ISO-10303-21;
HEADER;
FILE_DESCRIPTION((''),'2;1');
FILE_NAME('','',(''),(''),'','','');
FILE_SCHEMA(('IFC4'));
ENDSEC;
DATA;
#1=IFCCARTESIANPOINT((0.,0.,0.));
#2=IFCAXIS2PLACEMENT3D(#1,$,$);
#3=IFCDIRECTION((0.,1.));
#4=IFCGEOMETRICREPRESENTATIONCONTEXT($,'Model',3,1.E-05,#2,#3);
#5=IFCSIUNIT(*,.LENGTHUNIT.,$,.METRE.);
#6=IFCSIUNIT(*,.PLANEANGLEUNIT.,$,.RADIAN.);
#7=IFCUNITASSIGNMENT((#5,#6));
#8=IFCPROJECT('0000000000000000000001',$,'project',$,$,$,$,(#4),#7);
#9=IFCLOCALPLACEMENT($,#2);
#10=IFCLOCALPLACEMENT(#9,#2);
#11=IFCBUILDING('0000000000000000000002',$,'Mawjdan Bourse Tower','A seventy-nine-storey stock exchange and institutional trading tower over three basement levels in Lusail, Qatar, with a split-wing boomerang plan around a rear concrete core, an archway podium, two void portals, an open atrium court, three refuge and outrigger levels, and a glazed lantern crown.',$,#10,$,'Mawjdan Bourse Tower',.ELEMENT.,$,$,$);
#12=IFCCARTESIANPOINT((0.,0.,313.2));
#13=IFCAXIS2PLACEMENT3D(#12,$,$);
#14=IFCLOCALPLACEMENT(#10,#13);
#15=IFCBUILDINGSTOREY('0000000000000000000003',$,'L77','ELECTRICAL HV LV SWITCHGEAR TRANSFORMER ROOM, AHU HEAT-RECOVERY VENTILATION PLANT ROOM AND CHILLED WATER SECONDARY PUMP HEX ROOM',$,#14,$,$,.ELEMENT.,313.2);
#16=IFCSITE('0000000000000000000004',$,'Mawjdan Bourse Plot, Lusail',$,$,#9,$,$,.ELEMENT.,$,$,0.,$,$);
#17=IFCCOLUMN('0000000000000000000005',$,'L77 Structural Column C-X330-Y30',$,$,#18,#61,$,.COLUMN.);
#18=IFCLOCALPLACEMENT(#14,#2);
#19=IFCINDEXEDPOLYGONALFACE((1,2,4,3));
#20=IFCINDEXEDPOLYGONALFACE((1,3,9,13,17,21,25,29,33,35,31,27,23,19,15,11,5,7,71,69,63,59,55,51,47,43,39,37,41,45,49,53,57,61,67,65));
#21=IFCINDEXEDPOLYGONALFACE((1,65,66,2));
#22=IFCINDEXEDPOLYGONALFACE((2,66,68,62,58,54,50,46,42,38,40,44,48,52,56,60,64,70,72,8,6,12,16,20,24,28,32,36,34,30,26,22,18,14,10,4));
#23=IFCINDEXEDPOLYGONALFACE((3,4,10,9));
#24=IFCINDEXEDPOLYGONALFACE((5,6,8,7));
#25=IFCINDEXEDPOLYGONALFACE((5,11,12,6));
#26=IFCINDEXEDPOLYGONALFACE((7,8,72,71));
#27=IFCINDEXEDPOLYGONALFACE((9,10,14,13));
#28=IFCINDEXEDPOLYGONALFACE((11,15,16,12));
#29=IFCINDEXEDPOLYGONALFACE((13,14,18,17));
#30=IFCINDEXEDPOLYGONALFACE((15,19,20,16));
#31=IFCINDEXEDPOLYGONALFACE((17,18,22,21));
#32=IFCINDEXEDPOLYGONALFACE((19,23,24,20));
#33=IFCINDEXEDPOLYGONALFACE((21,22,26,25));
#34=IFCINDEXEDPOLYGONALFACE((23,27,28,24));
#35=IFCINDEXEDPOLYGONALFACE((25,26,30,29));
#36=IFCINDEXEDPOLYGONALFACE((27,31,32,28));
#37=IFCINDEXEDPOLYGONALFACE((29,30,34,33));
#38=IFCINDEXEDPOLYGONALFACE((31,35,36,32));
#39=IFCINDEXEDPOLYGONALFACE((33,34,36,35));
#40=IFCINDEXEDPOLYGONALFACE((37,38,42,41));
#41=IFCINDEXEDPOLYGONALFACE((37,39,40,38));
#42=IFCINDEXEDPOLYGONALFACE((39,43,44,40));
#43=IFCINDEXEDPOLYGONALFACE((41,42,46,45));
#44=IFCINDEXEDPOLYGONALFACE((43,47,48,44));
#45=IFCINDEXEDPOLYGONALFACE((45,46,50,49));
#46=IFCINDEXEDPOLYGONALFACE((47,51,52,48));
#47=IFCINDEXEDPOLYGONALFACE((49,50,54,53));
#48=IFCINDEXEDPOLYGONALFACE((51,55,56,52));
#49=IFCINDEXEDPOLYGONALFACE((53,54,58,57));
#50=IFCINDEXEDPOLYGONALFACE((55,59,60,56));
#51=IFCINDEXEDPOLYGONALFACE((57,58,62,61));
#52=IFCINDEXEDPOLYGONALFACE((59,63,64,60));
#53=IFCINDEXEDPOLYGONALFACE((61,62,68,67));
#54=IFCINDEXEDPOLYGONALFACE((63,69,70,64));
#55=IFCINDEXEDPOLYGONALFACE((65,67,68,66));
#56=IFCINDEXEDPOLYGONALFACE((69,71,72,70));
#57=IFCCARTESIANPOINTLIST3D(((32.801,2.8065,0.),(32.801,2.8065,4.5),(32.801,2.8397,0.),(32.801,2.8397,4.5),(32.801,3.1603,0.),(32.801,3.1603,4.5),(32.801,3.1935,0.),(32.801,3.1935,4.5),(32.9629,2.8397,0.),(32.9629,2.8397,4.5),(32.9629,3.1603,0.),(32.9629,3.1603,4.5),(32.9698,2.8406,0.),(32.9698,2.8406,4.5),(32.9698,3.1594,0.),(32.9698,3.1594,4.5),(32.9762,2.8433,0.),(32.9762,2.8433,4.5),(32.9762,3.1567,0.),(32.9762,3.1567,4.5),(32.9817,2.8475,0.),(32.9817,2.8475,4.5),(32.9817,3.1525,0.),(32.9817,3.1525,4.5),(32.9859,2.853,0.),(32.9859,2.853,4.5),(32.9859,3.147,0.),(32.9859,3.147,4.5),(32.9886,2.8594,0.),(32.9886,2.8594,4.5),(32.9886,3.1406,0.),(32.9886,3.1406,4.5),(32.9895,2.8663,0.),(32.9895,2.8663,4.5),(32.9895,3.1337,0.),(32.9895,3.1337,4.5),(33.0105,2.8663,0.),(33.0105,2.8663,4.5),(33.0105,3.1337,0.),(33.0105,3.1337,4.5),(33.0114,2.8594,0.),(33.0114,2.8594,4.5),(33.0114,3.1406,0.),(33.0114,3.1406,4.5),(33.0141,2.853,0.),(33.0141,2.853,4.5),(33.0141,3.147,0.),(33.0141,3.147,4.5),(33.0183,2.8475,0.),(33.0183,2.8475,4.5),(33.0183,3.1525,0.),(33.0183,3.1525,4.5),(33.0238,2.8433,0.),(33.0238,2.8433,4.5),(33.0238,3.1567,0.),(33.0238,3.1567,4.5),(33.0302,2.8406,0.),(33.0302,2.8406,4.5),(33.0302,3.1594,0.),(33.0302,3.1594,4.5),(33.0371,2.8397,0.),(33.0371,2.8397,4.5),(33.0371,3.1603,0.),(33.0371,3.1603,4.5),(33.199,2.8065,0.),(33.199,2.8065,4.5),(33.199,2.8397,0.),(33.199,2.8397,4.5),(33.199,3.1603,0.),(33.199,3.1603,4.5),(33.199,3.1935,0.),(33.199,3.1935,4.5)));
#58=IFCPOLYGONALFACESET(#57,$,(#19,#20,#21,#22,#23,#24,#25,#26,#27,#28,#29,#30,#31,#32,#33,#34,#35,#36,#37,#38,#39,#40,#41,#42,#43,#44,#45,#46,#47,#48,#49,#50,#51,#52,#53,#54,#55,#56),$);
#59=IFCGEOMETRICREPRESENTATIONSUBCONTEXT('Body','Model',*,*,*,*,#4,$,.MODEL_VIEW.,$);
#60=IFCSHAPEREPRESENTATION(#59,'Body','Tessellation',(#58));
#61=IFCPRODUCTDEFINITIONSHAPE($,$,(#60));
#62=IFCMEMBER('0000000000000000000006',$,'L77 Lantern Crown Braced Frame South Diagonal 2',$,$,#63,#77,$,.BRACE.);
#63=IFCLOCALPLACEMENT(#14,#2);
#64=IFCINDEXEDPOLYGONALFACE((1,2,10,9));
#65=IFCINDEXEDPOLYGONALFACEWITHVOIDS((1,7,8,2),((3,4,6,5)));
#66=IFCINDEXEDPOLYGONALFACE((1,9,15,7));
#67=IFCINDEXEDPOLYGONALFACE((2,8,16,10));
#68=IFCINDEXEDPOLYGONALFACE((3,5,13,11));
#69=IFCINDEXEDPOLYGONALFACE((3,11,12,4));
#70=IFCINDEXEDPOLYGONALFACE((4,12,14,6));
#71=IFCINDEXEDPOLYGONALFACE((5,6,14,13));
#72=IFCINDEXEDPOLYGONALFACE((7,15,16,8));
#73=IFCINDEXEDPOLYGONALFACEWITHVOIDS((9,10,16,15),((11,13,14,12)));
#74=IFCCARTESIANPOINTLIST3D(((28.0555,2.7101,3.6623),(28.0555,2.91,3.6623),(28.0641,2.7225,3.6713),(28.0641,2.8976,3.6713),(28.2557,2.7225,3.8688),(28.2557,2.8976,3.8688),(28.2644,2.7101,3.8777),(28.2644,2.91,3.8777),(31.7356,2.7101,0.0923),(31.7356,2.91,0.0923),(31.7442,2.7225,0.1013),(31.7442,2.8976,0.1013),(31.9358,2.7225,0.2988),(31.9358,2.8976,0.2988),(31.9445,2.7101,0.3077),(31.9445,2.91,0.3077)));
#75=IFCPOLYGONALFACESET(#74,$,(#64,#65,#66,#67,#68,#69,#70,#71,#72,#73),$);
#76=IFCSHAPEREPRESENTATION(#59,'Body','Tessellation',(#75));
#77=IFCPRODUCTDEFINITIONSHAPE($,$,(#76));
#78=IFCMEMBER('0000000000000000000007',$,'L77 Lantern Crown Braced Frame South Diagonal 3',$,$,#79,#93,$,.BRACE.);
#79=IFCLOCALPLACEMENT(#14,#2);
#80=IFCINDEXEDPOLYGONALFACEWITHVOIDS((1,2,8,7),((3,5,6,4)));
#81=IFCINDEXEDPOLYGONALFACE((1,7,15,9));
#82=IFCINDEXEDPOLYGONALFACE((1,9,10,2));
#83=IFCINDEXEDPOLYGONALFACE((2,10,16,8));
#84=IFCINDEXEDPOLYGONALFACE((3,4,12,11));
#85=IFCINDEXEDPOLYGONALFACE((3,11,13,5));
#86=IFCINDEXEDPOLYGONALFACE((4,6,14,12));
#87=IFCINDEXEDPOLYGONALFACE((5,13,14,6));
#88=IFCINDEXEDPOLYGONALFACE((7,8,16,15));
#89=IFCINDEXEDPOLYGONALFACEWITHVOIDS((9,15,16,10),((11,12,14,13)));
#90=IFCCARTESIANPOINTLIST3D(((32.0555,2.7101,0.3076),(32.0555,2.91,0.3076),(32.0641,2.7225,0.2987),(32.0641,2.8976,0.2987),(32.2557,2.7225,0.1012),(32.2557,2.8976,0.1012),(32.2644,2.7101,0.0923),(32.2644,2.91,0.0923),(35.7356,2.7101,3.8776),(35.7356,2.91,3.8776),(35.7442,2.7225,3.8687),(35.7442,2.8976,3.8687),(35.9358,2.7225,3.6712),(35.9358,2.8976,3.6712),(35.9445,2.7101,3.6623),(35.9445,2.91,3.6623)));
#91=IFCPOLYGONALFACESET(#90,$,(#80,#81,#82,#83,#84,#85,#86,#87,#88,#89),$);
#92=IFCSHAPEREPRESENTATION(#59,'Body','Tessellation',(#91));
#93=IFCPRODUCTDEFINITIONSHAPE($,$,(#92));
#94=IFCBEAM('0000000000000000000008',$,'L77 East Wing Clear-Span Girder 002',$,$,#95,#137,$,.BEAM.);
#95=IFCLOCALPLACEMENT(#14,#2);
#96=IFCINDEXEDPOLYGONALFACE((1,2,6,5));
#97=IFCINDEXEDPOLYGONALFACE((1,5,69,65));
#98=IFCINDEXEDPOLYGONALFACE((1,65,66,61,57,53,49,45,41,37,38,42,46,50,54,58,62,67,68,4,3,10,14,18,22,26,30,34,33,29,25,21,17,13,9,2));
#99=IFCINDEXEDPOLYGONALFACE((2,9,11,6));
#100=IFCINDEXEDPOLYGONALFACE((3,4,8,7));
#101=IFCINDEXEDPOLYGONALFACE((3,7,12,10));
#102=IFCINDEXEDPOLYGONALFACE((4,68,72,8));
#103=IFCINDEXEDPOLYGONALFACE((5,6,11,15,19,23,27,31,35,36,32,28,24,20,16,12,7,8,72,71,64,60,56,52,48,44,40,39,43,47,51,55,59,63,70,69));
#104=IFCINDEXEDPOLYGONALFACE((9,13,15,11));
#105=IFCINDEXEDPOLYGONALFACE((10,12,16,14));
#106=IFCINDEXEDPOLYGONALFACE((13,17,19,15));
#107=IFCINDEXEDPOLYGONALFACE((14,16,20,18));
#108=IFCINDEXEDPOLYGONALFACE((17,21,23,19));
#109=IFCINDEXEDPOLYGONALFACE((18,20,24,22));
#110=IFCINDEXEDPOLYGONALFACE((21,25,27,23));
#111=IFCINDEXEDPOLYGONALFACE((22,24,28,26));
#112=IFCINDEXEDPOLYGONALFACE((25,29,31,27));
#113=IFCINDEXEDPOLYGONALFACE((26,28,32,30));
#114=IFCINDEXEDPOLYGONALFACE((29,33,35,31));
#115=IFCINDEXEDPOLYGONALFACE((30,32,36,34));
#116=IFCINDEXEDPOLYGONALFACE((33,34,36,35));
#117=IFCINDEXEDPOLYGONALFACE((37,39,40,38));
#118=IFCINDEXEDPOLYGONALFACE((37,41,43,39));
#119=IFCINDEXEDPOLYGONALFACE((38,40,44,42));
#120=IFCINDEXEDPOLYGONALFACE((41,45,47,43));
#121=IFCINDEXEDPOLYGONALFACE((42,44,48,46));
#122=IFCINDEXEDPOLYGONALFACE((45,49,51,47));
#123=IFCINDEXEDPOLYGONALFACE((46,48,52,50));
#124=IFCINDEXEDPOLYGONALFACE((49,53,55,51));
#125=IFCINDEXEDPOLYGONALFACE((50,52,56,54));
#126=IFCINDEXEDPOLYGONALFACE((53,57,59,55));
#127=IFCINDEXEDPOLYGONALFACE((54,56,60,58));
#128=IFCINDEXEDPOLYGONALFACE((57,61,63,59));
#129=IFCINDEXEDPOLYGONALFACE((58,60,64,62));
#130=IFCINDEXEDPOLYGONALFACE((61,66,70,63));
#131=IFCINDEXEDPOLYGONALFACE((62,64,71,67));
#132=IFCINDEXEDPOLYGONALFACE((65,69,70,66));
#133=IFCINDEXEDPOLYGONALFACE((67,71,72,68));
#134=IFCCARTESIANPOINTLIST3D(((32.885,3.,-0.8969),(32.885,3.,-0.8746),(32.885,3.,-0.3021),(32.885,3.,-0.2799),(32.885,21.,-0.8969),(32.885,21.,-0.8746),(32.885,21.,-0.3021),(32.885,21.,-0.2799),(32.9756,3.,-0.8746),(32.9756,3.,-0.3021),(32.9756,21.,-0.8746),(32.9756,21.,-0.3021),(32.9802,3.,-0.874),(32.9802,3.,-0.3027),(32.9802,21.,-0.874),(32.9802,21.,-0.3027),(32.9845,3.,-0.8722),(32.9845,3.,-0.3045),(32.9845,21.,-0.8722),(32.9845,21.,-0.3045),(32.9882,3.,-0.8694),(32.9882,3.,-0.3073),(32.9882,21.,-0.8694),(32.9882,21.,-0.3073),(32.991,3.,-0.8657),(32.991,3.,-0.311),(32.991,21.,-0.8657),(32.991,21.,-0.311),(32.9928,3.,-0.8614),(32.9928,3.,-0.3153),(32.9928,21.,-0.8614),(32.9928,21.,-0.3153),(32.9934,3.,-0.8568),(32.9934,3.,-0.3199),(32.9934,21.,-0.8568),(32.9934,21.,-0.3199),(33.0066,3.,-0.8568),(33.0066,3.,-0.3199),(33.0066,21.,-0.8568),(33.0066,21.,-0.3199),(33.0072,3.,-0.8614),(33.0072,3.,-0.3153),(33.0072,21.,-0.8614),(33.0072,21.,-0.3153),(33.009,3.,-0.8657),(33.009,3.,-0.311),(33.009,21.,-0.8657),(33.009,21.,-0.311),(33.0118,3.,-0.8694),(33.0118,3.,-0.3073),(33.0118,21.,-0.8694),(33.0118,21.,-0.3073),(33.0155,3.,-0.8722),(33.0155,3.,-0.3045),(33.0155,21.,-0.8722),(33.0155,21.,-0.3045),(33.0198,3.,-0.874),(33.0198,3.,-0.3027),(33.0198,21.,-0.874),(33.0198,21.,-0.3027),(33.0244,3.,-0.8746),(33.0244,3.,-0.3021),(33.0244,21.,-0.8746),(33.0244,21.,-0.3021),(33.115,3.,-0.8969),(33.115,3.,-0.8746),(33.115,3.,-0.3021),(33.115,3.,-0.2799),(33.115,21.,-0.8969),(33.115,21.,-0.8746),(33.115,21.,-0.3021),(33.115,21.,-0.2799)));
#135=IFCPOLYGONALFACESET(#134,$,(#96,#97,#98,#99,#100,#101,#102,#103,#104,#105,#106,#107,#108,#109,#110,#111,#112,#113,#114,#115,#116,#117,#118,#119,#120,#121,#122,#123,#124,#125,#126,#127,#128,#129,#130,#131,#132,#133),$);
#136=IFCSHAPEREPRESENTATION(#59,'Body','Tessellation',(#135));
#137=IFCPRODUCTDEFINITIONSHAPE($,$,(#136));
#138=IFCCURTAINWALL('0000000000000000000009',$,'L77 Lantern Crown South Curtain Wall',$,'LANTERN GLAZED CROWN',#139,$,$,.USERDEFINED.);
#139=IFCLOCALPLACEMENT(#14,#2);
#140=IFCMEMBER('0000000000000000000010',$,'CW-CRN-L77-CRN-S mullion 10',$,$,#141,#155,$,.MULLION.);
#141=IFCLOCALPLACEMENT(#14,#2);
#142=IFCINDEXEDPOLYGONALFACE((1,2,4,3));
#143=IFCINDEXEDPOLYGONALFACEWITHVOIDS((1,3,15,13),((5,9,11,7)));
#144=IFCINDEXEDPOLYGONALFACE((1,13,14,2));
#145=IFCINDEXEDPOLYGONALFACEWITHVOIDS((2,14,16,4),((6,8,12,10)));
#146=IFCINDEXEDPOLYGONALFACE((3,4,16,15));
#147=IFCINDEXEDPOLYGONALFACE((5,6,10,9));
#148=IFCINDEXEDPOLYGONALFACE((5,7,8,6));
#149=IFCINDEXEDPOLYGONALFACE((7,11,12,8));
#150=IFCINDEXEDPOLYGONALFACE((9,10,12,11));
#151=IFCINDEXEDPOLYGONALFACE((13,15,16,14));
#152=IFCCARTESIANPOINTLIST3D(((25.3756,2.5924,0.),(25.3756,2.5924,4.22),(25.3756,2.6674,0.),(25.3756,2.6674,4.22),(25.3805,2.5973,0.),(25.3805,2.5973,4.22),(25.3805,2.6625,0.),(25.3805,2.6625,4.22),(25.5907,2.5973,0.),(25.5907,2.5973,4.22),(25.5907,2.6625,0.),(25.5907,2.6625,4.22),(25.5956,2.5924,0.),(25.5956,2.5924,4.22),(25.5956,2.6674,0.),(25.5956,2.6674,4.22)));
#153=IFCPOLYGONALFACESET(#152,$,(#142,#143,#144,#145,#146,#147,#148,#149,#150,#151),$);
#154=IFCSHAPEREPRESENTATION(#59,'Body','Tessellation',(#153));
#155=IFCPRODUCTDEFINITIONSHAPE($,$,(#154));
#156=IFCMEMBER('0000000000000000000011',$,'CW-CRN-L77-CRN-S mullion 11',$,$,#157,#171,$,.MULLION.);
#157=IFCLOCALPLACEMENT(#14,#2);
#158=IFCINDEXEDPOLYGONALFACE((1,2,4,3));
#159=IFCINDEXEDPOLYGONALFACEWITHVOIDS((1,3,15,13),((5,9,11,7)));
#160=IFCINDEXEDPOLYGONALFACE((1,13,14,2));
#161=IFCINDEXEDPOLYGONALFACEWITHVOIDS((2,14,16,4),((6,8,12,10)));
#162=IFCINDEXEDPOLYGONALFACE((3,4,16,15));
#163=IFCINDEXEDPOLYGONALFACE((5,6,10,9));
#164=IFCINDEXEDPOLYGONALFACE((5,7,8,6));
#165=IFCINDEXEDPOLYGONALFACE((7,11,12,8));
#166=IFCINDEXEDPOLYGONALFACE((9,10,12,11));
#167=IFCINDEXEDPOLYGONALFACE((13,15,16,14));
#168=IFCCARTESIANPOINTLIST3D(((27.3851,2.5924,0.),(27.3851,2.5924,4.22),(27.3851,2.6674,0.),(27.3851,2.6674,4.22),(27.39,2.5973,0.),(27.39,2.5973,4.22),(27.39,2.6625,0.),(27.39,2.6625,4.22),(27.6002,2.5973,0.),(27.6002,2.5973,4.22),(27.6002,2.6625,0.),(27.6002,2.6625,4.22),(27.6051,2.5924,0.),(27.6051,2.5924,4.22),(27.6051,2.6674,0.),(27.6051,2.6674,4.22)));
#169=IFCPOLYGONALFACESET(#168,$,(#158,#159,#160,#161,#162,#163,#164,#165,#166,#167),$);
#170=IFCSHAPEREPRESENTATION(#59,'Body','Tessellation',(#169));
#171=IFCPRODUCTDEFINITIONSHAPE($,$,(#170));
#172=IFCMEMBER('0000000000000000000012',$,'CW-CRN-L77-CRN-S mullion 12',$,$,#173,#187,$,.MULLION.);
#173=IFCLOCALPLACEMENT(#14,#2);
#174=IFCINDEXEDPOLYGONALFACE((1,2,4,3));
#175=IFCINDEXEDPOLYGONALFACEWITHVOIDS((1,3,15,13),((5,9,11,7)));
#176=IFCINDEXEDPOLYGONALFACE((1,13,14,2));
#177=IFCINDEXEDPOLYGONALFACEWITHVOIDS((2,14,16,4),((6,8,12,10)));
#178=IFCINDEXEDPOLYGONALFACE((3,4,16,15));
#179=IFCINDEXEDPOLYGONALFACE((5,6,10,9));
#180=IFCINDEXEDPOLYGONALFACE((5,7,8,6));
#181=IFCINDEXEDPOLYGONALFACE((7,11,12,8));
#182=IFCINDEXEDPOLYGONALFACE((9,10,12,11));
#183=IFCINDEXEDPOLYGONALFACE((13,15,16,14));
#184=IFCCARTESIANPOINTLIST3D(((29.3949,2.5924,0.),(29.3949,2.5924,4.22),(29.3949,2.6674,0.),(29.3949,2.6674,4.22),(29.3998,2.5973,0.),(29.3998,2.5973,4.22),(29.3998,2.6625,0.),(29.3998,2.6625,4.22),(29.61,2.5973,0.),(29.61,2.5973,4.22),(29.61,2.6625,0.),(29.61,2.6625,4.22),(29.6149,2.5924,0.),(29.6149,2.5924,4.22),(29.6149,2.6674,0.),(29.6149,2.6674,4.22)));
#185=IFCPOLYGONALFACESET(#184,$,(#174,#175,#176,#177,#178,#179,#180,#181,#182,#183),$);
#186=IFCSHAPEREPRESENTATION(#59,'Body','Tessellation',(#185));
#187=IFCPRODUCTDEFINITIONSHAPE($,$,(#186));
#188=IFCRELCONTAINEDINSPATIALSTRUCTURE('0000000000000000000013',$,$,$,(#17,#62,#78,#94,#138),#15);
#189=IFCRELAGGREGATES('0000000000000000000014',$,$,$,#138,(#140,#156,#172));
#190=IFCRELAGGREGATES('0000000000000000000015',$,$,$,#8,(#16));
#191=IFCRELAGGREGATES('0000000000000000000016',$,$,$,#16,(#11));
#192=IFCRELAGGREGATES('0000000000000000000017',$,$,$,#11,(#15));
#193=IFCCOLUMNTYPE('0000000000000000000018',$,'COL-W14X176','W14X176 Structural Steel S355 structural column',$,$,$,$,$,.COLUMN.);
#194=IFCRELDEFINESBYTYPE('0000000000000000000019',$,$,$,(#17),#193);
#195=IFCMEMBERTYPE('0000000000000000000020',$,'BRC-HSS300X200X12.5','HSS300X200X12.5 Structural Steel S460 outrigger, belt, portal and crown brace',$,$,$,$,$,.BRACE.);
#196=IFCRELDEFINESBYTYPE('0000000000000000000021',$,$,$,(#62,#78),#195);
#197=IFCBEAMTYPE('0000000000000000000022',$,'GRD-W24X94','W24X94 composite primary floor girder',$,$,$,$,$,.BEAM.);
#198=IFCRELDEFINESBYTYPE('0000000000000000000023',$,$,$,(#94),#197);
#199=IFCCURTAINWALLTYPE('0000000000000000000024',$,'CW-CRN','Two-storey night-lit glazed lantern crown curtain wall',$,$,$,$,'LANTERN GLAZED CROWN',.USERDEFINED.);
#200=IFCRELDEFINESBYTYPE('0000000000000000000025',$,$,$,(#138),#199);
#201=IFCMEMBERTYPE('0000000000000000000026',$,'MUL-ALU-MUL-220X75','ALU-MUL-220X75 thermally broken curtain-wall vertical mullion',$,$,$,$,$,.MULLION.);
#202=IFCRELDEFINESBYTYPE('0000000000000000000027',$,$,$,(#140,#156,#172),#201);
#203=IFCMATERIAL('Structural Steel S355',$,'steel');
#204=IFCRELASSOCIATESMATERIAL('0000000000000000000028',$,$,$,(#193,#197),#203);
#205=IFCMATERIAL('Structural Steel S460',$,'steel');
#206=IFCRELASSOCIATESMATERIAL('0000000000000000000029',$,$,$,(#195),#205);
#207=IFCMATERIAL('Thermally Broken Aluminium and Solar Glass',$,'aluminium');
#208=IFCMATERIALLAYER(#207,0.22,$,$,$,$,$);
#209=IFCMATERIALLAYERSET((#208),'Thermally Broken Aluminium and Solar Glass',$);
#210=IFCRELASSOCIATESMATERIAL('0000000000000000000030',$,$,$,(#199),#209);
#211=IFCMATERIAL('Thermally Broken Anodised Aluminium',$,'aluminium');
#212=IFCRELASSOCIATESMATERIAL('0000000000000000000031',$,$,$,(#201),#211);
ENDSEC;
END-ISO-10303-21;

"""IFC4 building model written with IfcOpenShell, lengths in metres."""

from ifc_helpers import new_model, si_unit, direction, frame, origin, origin_2d, place, context, subcontext, project, spatial, hollow_rectangle, i_section, extrude, material, layer, layer_set, material_profile, profile_set, type_object, element, aggregate, save


model = new_model("IFC4")

# Units and contexts
model_context = context("Model", 3, precision=1e-05, world=origin(), true_north=direction((0.0, 1.0)))
body_context = subcontext(model_context, "Body", "Model", "MODEL_VIEW")
ifc_project = project(units=[si_unit("LENGTHUNIT", "METRE"), si_unit("PLANEANGLEUNIT", "RADIAN")], contexts=[model_context])

# Site, building, storey
site_placement = place(None, origin())
site = spatial("IfcSite", under=ifc_project, at=site_placement, Name="Mawjdan Bourse Plot, Lusail", CompositionType="ELEMENT", RefElevation=0.0)
building_placement = place(site_placement, origin())
building = spatial("IfcBuilding", under=site, at=building_placement, Name="Mawjdan Bourse Tower", Description="A seventy-nine-storey stock exchange and institutional trading tower over three basement levels in Lusail, Qatar, with a split-wing boomerang plan around a rear concrete core, an archway podium, two void portals, an open atrium court, three refuge and outrigger levels, and a glazed lantern crown.", LongName="Mawjdan Bourse Tower", CompositionType="ELEMENT")
storey_placement = place(building_placement, frame((0.0, 0.0, 313.2)))
storey = spatial("IfcBuildingStorey", under=building, at=storey_placement, Name="L77", Description="ELECTRICAL HV LV SWITCHGEAR TRANSFORMER ROOM, AHU HEAT-RECOVERY VENTILATION PLANT ROOM AND CHILLED WATER SECONDARY PUMP HEX ROOM", CompositionType="ELEMENT", Elevation=313.2)

# Column
ifc_material_1 = material(Name="Structural Steel S355", Category="steel")
ifc_material_profile_1 = material_profile(ifc_material_1, i_section(OverallWidth=0.3979, OverallDepth=0.387, WebThickness=0.021, FlangeThickness=0.0332, FilletRadius=0.0266, at=origin_2d()), Name="W14X176")
ifc_profile_set_1 = profile_set([ifc_material_profile_1], Name="Structural Steel S355")
column_type = type_object("IfcColumnType", Name="COL-W14X176", Description="W14X176 Structural Steel S355 structural column", PredefinedType="COLUMN", material=ifc_profile_set_1)
column_placement = place(storey_placement, frame((33.0, 3.0, 0.0), z_axis=(0.0, 0.0, 1.0), x_axis=(1.0, 0.0, 0.0)))
element("IfcColumn", 1, at=column_placement, inside=storey, type_object=column_type, Name="L77 Structural Column C-X330-Y30", PredefinedType="COLUMN", context=body_context, shape_type="SweptSolid", body=[
    extrude(i_section(OverallWidth=0.3979, OverallDepth=0.387, WebThickness=0.021, FlangeThickness=0.0332, FilletRadius=0.0266, at=origin_2d()), origin(), (0.0, 0.0, 1.0), 4.5),
])

# Members
ifc_material_2 = material(Name="Structural Steel S460", Category="steel")
ifc_material_profile_2 = material_profile(ifc_material_2, hollow_rectangle(XDim=0.2, YDim=0.3, WallThickness=0.0125, at=origin_2d()), Name="HSS300X200X12.5")
ifc_profile_set_2 = profile_set([ifc_material_profile_2], Name="Structural Steel S460")
member_type_1 = type_object("IfcMemberType", Name="BRC-HSS300X200X12.5", Description="HSS300X200X12.5 Structural Steel S460 outrigger, belt, portal and crown brace", PredefinedType="BRACE", material=ifc_profile_set_2)
for number, where, z_axis, x_axis, name in (
    (2, (28.1599, 2.8101, 3.77), (0.717763, 0.0, -0.696288), (0.0, 1.0, 0.0), "L77 Lantern Crown Braced Frame South Diagonal 2"),
    (3, (32.1599, 2.8101, 0.2), (0.717763, 0.0, 0.696288), (0.0, 1.0, 0.0), "L77 Lantern Crown Braced Frame South Diagonal 3"),
):
    element("IfcMember", number, at=place(storey_placement, frame(where, z_axis=z_axis, x_axis=x_axis)), inside=storey, type_object=member_type_1, Name=name, PredefinedType="BRACE", context=body_context, shape_type="SweptSolid", body=[
        extrude(hollow_rectangle(XDim=0.2, YDim=0.3, WallThickness=0.0125, at=origin_2d()), origin(), (0.0, 0.0, 1.0), 5.1272),
    ])

# Beam
ifc_material_profile_3 = material_profile(ifc_material_1, i_section(OverallWidth=0.23, OverallDepth=0.6169, WebThickness=0.0132, FlangeThickness=0.0222, FilletRadius=0.0178, at=origin_2d()), Name="W24X94")
ifc_profile_set_3 = profile_set([ifc_material_profile_3], Name="Structural Steel S355")
beam_type = type_object("IfcBeamType", Name="GRD-W24X94", Description="W24X94 composite primary floor girder", PredefinedType="BEAM", material=ifc_profile_set_3)
beam_placement = place(storey_placement, frame((33.0, 3.0, -0.5884), z_axis=(0.0, 1.0, 0.0), x_axis=(-1.0, 0.0, 0.0)))
element("IfcBeam", 4, at=beam_placement, inside=storey, type_object=beam_type, Name="L77 East Wing Clear-Span Girder 002", PredefinedType="BEAM", context=body_context, shape_type="SweptSolid", body=[
    extrude(i_section(OverallWidth=0.23, OverallDepth=0.6169, WebThickness=0.0132, FlangeThickness=0.0222, FilletRadius=0.0178, at=origin_2d()), origin(), (0.0, 0.0, 1.0), 18.0),
])

# Curtain wall, members
ifc_material_3 = material(Name="Thermally Broken Aluminium and Solar Glass", Category="aluminium")
ifc_layer_1 = layer(ifc_material_3, 0.22)
ifc_layer_set_1 = layer_set([ifc_layer_1], Name="Thermally Broken Aluminium and Solar Glass")
curtain_wall_type = type_object("IfcCurtainWallType", Name="CW-CRN", Description="Two-storey night-lit glazed lantern crown curtain wall", ElementType="LANTERN GLAZED CROWN", PredefinedType="USERDEFINED", material=ifc_layer_set_1)
curtain_wall_placement = place(storey_placement, origin())
curtain_wall = element("IfcCurtainWall", 5, at=curtain_wall_placement, inside=storey, type_object=curtain_wall_type, Name="L77 Lantern Crown South Curtain Wall", ObjectType="LANTERN GLAZED CROWN", PredefinedType="USERDEFINED")
ifc_material_4 = material(Name="Thermally Broken Anodised Aluminium", Category="aluminium")
ifc_material_profile_4 = material_profile(ifc_material_4, hollow_rectangle(XDim=0.075, YDim=0.22, WallThickness=0.0049, at=origin_2d()), Name="ALU-MUL-220X75")
ifc_profile_set_4 = profile_set([ifc_material_profile_4], Name="Thermally Broken Anodised Aluminium")
member_type_2 = type_object("IfcMemberType", Name="MUL-ALU-MUL-220X75", Description="ALU-MUL-220X75 thermally broken curtain-wall vertical mullion", PredefinedType="MULLION", material=ifc_profile_set_4)
member_1_placement = place(storey_placement, frame((25.4856, 2.6299, 0.0), z_axis=(0.0, 0.0, 1.0), x_axis=(0.0, 1.0, 0.0)))
member_1 = element("IfcMember", 6, at=member_1_placement, type_object=member_type_2, Name="CW-CRN-L77-CRN-S mullion 10", PredefinedType="MULLION", context=body_context, shape_type="SweptSolid", body=[
    extrude(hollow_rectangle(XDim=0.075, YDim=0.22, WallThickness=0.0049, at=origin_2d()), origin(), (0.0, 0.0, 1.0), 4.22),
])
member_2_placement = place(storey_placement, frame((27.4951, 2.6299, 0.0), z_axis=(0.0, 0.0, 1.0), x_axis=(0.0, 1.0, 0.0)))
member_2 = element("IfcMember", 7, at=member_2_placement, type_object=member_type_2, Name="CW-CRN-L77-CRN-S mullion 11", PredefinedType="MULLION", context=body_context, shape_type="SweptSolid", body=[
    extrude(hollow_rectangle(XDim=0.075, YDim=0.22, WallThickness=0.0049, at=origin_2d()), origin(), (0.0, 0.0, 1.0), 4.22),
])
member_3_placement = place(storey_placement, frame((29.5049, 2.6299, 0.0), z_axis=(0.0, 0.0, 1.0), x_axis=(0.0, 1.0, 0.0)))
member_3 = element("IfcMember", 8, at=member_3_placement, type_object=member_type_2, Name="CW-CRN-L77-CRN-S mullion 12", PredefinedType="MULLION", context=body_context, shape_type="SweptSolid", body=[
    extrude(hollow_rectangle(XDim=0.075, YDim=0.22, WallThickness=0.0049, at=origin_2d()), origin(), (0.0, 0.0, 1.0), 4.22),
])
aggregate(curtain_wall, [member_1, member_2, member_3])

save(model, "model.ifc")
